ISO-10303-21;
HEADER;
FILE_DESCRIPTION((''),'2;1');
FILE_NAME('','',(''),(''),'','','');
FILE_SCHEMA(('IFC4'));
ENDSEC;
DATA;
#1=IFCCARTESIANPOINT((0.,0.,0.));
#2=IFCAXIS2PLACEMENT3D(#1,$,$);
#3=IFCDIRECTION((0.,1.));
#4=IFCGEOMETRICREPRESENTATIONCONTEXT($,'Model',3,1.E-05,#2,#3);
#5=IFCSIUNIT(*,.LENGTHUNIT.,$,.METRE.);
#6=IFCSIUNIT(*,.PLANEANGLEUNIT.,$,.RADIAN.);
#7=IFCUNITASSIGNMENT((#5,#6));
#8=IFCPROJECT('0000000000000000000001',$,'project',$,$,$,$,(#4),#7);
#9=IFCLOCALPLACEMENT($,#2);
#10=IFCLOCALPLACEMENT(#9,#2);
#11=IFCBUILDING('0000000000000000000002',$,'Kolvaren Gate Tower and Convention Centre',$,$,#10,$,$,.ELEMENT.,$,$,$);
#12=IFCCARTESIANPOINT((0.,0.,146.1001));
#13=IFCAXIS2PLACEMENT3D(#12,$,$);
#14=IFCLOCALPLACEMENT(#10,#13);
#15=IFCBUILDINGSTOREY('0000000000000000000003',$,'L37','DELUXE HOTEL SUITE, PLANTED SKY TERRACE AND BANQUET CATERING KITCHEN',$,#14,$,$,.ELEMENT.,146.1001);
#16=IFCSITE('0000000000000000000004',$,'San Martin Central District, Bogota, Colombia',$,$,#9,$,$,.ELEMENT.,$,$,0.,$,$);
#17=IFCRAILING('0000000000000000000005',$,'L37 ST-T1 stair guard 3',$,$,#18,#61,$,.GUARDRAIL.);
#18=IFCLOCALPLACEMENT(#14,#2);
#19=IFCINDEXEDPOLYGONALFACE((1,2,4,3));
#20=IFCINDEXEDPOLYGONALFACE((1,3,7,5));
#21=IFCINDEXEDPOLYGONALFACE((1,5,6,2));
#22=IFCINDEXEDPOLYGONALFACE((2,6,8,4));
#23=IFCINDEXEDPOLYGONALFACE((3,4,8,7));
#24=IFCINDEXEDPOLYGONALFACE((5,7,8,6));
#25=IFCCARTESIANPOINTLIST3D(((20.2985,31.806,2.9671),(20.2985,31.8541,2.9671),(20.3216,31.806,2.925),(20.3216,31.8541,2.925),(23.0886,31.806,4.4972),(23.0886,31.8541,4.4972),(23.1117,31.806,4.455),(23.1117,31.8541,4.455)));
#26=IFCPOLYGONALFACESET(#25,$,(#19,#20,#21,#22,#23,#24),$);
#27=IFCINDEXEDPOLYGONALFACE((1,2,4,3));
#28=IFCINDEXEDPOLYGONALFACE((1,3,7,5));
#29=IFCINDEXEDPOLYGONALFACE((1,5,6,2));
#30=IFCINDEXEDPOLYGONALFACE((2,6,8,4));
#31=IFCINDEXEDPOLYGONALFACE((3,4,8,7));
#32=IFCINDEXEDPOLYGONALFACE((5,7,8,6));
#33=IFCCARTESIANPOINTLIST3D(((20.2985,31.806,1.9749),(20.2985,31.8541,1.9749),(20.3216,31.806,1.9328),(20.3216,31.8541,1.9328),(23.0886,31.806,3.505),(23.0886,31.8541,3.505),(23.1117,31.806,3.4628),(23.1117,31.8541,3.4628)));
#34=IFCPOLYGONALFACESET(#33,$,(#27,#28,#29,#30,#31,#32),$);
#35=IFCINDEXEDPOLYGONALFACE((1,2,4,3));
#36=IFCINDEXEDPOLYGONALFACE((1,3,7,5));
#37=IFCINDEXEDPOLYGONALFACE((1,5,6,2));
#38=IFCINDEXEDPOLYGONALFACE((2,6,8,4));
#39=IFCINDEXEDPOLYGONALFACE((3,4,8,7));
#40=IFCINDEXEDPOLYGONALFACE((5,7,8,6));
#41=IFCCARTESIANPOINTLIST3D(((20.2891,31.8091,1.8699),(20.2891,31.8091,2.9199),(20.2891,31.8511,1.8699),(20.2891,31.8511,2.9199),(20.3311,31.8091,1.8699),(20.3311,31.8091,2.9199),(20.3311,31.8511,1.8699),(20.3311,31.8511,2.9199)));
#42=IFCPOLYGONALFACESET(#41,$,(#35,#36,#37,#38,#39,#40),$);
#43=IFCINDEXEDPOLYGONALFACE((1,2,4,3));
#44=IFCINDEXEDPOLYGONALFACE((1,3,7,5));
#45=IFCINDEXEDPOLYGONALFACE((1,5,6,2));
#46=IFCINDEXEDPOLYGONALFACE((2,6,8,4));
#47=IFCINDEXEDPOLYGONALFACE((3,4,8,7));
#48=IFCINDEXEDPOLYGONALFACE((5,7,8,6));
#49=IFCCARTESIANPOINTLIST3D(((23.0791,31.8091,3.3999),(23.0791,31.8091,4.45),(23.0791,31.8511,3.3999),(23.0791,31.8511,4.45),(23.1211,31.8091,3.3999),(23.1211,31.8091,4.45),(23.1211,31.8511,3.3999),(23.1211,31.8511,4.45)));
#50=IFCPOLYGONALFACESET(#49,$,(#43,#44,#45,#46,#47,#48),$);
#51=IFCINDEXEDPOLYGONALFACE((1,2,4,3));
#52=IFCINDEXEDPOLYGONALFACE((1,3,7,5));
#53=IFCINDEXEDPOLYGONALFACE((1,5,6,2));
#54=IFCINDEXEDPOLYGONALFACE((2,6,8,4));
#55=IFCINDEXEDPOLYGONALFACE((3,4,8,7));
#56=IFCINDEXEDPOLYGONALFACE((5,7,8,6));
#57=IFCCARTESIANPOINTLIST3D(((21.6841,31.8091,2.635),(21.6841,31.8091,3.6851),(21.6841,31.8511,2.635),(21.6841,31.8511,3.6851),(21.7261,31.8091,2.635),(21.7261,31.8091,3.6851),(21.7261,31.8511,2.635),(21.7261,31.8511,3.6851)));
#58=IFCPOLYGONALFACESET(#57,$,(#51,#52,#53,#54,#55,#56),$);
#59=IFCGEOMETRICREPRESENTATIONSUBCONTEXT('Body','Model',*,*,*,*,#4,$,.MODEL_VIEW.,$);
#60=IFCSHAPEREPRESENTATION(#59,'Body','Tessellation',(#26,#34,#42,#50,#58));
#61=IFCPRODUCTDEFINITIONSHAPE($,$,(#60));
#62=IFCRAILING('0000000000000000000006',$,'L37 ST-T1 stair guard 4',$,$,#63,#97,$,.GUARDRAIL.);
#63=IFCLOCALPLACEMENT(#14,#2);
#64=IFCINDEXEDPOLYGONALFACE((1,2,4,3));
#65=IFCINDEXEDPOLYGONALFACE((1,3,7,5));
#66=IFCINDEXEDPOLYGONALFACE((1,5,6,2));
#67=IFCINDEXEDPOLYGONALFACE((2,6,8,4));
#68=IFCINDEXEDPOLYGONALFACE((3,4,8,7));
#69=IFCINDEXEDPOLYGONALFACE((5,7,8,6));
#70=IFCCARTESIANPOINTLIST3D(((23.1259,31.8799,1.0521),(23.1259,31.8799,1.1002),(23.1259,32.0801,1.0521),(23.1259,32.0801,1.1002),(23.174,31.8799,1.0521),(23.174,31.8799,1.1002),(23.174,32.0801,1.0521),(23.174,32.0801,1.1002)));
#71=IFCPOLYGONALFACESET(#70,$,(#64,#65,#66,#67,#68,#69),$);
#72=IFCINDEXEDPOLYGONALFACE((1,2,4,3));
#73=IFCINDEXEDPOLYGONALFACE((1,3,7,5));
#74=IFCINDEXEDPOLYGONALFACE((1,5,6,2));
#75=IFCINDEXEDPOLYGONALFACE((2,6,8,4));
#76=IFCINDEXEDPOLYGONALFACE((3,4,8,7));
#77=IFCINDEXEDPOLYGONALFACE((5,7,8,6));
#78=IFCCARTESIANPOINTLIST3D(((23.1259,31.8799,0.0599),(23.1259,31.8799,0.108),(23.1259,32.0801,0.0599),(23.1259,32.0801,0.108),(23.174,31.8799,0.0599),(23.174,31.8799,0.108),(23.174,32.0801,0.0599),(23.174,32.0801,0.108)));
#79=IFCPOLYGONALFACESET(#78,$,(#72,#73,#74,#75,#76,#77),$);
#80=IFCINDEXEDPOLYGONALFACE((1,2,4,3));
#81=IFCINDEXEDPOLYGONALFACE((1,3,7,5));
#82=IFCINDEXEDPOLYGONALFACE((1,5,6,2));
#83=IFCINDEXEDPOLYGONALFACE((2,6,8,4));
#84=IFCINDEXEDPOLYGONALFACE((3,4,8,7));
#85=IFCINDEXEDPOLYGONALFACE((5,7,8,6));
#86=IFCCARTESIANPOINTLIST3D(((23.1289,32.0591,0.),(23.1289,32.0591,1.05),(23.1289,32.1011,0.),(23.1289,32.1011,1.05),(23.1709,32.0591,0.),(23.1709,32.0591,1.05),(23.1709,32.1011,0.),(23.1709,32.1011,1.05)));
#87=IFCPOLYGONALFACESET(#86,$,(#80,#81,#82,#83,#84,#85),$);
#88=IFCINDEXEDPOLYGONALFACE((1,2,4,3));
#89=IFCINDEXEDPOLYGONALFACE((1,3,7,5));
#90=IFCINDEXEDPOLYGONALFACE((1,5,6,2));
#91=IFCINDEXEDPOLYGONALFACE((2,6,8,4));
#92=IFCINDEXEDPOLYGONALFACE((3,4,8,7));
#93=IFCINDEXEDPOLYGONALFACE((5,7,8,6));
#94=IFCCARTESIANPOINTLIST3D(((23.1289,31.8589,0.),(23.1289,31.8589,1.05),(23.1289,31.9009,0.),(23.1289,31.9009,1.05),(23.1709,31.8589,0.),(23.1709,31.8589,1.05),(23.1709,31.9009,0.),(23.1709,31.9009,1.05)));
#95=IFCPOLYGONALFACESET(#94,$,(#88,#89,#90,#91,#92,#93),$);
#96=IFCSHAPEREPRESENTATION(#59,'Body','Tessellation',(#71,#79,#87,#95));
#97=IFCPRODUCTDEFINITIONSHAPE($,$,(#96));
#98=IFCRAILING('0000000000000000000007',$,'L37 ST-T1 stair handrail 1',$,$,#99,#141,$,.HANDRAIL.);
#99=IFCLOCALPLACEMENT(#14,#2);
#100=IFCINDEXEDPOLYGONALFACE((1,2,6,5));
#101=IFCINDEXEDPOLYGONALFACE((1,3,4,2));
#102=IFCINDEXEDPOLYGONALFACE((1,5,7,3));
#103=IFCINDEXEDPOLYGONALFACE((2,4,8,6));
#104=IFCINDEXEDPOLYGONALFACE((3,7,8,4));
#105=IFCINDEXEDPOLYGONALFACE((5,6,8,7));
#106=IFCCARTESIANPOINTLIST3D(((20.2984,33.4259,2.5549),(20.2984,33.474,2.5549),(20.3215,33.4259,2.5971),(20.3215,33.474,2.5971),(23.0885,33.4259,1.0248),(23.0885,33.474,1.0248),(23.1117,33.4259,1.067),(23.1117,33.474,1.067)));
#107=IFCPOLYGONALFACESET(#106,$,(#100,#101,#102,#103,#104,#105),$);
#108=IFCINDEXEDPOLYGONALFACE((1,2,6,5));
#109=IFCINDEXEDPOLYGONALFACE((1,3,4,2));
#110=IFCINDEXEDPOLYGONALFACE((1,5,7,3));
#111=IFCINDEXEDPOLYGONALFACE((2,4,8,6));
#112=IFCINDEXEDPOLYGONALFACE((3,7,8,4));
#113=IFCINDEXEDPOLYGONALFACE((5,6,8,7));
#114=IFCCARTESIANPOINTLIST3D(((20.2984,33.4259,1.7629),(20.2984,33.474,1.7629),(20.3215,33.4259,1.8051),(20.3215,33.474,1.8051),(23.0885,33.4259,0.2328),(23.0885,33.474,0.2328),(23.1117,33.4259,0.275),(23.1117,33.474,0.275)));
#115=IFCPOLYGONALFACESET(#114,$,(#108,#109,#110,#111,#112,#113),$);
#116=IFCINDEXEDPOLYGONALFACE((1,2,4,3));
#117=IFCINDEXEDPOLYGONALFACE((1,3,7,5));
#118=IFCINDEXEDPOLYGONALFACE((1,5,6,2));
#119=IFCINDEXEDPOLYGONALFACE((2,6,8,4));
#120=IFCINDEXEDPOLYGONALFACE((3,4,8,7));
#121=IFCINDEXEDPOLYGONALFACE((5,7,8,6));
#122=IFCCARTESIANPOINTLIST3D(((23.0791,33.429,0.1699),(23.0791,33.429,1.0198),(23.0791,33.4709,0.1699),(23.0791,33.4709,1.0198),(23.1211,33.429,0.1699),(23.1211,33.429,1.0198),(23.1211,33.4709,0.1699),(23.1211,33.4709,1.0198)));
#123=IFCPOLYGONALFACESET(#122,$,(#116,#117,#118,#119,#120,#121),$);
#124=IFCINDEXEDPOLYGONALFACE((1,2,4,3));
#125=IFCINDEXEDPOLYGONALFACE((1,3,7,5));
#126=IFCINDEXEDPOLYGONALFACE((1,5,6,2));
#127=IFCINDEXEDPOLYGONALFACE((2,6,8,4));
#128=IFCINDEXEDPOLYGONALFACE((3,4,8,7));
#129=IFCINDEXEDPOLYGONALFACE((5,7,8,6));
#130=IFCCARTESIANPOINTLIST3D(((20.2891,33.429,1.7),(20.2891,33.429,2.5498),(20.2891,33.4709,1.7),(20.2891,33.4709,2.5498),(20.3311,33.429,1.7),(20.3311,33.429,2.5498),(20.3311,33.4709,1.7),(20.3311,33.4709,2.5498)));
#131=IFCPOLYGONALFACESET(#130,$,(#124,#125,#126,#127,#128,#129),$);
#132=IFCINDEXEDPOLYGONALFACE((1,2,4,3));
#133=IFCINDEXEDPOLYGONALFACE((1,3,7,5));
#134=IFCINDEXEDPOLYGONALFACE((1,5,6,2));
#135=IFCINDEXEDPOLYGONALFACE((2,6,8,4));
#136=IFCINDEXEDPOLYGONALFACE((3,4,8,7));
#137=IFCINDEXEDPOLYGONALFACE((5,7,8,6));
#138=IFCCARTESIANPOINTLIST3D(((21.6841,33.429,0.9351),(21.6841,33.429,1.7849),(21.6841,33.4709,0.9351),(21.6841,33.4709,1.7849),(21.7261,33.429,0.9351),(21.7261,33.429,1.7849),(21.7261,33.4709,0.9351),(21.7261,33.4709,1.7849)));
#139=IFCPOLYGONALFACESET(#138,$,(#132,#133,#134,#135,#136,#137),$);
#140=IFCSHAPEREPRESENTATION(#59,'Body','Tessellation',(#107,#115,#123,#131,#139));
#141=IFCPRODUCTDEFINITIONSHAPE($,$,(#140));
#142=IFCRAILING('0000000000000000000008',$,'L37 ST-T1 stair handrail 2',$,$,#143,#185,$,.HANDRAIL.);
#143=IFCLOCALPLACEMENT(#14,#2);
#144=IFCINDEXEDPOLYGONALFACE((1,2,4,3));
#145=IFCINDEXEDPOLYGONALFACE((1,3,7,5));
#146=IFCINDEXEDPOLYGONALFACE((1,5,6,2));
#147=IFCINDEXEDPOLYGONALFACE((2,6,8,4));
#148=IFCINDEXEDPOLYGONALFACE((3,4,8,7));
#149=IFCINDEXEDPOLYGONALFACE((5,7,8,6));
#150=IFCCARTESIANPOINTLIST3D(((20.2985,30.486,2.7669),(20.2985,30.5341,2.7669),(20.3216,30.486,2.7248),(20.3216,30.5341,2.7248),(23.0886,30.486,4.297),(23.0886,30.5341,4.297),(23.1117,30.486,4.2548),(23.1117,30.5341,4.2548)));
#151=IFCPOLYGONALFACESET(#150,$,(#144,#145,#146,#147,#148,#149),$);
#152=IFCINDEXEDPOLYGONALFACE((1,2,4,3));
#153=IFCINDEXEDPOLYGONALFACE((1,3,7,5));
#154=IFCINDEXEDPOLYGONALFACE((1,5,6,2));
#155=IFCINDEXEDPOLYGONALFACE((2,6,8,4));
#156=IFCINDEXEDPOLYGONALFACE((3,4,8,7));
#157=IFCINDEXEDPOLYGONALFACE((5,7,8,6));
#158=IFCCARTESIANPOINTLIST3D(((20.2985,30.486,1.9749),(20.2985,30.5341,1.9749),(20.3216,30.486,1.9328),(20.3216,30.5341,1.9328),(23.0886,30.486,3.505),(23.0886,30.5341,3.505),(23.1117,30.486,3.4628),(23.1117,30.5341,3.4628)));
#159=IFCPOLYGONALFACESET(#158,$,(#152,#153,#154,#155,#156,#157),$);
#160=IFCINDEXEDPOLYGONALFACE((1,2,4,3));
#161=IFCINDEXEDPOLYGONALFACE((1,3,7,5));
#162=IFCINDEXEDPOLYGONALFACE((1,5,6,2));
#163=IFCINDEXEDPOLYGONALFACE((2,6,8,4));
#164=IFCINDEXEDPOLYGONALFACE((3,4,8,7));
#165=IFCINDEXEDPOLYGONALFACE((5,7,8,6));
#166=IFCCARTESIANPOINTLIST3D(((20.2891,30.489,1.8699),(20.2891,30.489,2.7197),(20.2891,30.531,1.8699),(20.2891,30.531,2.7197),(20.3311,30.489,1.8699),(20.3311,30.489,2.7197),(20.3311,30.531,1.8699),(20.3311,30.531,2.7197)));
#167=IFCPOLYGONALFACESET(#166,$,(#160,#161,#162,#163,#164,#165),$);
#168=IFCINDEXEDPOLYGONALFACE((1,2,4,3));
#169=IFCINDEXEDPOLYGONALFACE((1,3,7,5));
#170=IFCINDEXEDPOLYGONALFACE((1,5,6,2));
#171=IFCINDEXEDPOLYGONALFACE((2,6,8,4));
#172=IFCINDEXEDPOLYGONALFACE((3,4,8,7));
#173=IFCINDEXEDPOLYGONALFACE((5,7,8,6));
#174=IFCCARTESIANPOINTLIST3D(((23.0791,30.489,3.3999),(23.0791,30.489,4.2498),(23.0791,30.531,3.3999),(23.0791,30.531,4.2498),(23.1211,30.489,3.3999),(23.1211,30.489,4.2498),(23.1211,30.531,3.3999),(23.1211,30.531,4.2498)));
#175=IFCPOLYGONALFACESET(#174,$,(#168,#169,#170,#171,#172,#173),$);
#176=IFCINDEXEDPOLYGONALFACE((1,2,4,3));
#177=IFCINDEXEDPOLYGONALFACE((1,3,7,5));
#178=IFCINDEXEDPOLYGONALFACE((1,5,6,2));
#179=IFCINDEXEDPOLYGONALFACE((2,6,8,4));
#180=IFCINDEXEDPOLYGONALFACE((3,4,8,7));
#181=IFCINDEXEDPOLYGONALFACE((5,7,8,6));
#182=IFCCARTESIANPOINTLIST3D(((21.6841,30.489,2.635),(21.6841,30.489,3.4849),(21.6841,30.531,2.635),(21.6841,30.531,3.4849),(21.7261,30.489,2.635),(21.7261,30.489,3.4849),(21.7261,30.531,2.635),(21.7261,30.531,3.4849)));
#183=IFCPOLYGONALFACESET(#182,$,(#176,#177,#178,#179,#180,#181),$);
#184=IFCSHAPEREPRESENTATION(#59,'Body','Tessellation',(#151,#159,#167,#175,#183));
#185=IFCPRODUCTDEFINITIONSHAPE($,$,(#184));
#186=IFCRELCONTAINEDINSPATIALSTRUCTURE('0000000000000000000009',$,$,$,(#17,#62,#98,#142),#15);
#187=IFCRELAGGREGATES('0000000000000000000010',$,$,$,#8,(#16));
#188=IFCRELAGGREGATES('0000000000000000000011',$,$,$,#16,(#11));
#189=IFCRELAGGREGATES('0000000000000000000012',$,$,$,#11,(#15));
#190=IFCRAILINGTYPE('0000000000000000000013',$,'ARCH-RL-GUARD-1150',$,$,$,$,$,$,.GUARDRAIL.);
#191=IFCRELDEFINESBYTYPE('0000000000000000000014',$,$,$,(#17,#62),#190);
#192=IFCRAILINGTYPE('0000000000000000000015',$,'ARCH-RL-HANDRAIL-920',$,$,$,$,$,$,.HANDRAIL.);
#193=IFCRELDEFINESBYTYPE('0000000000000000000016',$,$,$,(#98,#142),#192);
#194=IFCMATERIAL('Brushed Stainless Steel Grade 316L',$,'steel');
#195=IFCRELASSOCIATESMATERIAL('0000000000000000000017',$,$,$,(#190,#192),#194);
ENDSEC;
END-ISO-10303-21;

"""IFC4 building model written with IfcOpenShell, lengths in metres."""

from ifc_helpers import new_model, si_unit, direction, frame, origin, origin_2d, place, context, subcontext, project, spatial, rectangle, extrude, material, type_object, element, save


model = new_model("IFC4")

# Units and contexts
model_context = context("Model", 3, precision=1e-05, world=origin(), true_north=direction((0.0, 1.0)))
body_context = subcontext(model_context, "Body", "Model", "MODEL_VIEW")
ifc_project = project(units=[si_unit("LENGTHUNIT", "METRE"), si_unit("PLANEANGLEUNIT", "RADIAN")], contexts=[model_context])

# Site, building, storey
site_placement = place(None, origin())
site = spatial("IfcSite", under=ifc_project, at=site_placement, Name="San Martin Central District, Bogota, Colombia", CompositionType="ELEMENT", RefElevation=0.0)
building_placement = place(site_placement, origin())
building = spatial("IfcBuilding", under=site, at=building_placement, Name="Kolvaren Gate Tower and Convention Centre", CompositionType="ELEMENT")
storey_placement = place(building_placement, frame((0.0, 0.0, 146.1001)))
storey = spatial("IfcBuildingStorey", under=building, at=storey_placement, Name="L37", Description="DELUXE HOTEL SUITE, PLANTED SKY TERRACE AND BANQUET CATERING KITCHEN", CompositionType="ELEMENT", Elevation=146.1001)

# Shared definitions
ifc_material_1 = material(Name="Brushed Stainless Steel Grade 316L", Category="steel")

# Railings
railing_type_1 = type_object("IfcRailingType", Name="ARCH-RL-GUARD-1150", PredefinedType="GUARDRAIL", material=ifc_material_1)
railing_1_placement = place(storey_placement, frame((20.3101, 31.8301, 1.8699)))
element("IfcRailing", 1, at=railing_1_placement, inside=storey, type_object=railing_type_1, Name="L37 ST-T1 stair guard 3", PredefinedType="GUARDRAIL", context=body_context, shape_type="SweptSolid", body=[
    extrude(rectangle(XDim=0.0481, YDim=0.0481, at=origin_2d()), frame((0.0, 0.0, 1.0762), z_axis=(0.876811, 0.0, 0.480835), x_axis=(0.0, 1.0, 0.0)), (0.0, 0.0, 1.0), 3.1821),
    extrude(rectangle(XDim=0.0481, YDim=0.0481, at=origin_2d()), frame((0.0, 0.0, 0.084), z_axis=(0.876811, 0.0, 0.480835), x_axis=(0.0, 1.0, 0.0)), (0.0, 0.0, 1.0), 3.1821),
    extrude(rectangle(XDim=0.042, YDim=0.042, at=origin_2d()), origin(), (0.0, 0.0, 1.0), 1.05),
    extrude(rectangle(XDim=0.042, YDim=0.042, at=origin_2d()), frame((2.79, 0.0, 1.53)), (0.0, 0.0, 1.0), 1.05),
    extrude(rectangle(XDim=0.042, YDim=0.042, at=origin_2d()), frame((1.395, 0.0, 0.7651)), (0.0, 0.0, 1.0), 1.05),
])
railing_2_placement = place(storey_placement, frame((23.1499, 32.0801, 0.0)))
element("IfcRailing", 2, at=railing_2_placement, inside=storey, type_object=railing_type_1, Name="L37 ST-T1 stair guard 4", PredefinedType="GUARDRAIL", context=body_context, shape_type="SweptSolid", body=[
    extrude(rectangle(XDim=0.0481, YDim=0.0481, at=origin_2d()), frame((0.0, 0.0, 1.0762), z_axis=(0.0, -1.0, 0.0), x_axis=(1.0, 0.0, 0.0)), (0.0, 0.0, 1.0), 0.2002),
    extrude(rectangle(XDim=0.0481, YDim=0.0481, at=origin_2d()), frame((0.0, 0.0, 0.084), z_axis=(0.0, -1.0, 0.0), x_axis=(1.0, 0.0, 0.0)), (0.0, 0.0, 1.0), 0.2002),
    extrude(rectangle(XDim=0.042, YDim=0.042, at=origin_2d()), origin(), (0.0, 0.0, 1.0), 1.05),
    extrude(rectangle(XDim=0.042, YDim=0.042, at=origin_2d()), frame((0.0, -0.2002, 0.0)), (0.0, 0.0, 1.0), 1.05),
])
railing_type_2 = type_object("IfcRailingType", Name="ARCH-RL-HANDRAIL-920", PredefinedType="HANDRAIL", material=ifc_material_1)
railing_3_placement = place(storey_placement, frame((23.1001, 33.45, 0.1699)))
element("IfcRailing", 3, at=railing_3_placement, inside=storey, type_object=railing_type_2, Name="L37 ST-T1 stair handrail 1", PredefinedType="HANDRAIL", context=body_context, shape_type="SweptSolid", body=[
    extrude(rectangle(XDim=0.0481, YDim=0.0481, at=origin_2d()), frame((0.0, 0.0, 0.876), z_axis=(-0.876811, 0.0, 0.480835), x_axis=(0.0, -1.0, 0.0)), (0.0, 0.0, 1.0), 3.1821),
    extrude(rectangle(XDim=0.0481, YDim=0.0481, at=origin_2d()), frame((0.0, 0.0, 0.084), z_axis=(-0.876811, 0.0, 0.480835), x_axis=(0.0, -1.0, 0.0)), (0.0, 0.0, 1.0), 3.1821),
    extrude(rectangle(XDim=0.042, YDim=0.042, at=origin_2d()), origin(), (0.0, 0.0, 1.0), 0.8499),
    extrude(rectangle(XDim=0.042, YDim=0.042, at=origin_2d()), frame((-2.79, 0.0, 1.53)), (0.0, 0.0, 1.0), 0.8499),
    extrude(rectangle(XDim=0.042, YDim=0.042, at=origin_2d()), frame((-1.395, 0.0, 0.7651)), (0.0, 0.0, 1.0), 0.8499),
])
railing_4_placement = place(storey_placement, frame((20.3101, 30.51, 1.8699)))
element("IfcRailing", 4, at=railing_4_placement, inside=storey, type_object=railing_type_2, Name="L37 ST-T1 stair handrail 2", PredefinedType="HANDRAIL", context=body_context, shape_type="SweptSolid", body=[
    extrude(rectangle(XDim=0.0481, YDim=0.0481, at=origin_2d()), frame((0.0, 0.0, 0.876), z_axis=(0.876811, 0.0, 0.480835), x_axis=(0.0, 1.0, 0.0)), (0.0, 0.0, 1.0), 3.1821),
    extrude(rectangle(XDim=0.0481, YDim=0.0481, at=origin_2d()), frame((0.0, 0.0, 0.084), z_axis=(0.876811, 0.0, 0.480835), x_axis=(0.0, 1.0, 0.0)), (0.0, 0.0, 1.0), 3.1821),
    extrude(rectangle(XDim=0.042, YDim=0.042, at=origin_2d()), origin(), (0.0, 0.0, 1.0), 0.8499),
    extrude(rectangle(XDim=0.042, YDim=0.042, at=origin_2d()), frame((2.79, 0.0, 1.53)), (0.0, 0.0, 1.0), 0.8499),
    extrude(rectangle(XDim=0.042, YDim=0.042, at=origin_2d()), frame((1.395, 0.0, 0.7651)), (0.0, 0.0, 1.0), 0.8499),
])

save(model, "model.ifc")
